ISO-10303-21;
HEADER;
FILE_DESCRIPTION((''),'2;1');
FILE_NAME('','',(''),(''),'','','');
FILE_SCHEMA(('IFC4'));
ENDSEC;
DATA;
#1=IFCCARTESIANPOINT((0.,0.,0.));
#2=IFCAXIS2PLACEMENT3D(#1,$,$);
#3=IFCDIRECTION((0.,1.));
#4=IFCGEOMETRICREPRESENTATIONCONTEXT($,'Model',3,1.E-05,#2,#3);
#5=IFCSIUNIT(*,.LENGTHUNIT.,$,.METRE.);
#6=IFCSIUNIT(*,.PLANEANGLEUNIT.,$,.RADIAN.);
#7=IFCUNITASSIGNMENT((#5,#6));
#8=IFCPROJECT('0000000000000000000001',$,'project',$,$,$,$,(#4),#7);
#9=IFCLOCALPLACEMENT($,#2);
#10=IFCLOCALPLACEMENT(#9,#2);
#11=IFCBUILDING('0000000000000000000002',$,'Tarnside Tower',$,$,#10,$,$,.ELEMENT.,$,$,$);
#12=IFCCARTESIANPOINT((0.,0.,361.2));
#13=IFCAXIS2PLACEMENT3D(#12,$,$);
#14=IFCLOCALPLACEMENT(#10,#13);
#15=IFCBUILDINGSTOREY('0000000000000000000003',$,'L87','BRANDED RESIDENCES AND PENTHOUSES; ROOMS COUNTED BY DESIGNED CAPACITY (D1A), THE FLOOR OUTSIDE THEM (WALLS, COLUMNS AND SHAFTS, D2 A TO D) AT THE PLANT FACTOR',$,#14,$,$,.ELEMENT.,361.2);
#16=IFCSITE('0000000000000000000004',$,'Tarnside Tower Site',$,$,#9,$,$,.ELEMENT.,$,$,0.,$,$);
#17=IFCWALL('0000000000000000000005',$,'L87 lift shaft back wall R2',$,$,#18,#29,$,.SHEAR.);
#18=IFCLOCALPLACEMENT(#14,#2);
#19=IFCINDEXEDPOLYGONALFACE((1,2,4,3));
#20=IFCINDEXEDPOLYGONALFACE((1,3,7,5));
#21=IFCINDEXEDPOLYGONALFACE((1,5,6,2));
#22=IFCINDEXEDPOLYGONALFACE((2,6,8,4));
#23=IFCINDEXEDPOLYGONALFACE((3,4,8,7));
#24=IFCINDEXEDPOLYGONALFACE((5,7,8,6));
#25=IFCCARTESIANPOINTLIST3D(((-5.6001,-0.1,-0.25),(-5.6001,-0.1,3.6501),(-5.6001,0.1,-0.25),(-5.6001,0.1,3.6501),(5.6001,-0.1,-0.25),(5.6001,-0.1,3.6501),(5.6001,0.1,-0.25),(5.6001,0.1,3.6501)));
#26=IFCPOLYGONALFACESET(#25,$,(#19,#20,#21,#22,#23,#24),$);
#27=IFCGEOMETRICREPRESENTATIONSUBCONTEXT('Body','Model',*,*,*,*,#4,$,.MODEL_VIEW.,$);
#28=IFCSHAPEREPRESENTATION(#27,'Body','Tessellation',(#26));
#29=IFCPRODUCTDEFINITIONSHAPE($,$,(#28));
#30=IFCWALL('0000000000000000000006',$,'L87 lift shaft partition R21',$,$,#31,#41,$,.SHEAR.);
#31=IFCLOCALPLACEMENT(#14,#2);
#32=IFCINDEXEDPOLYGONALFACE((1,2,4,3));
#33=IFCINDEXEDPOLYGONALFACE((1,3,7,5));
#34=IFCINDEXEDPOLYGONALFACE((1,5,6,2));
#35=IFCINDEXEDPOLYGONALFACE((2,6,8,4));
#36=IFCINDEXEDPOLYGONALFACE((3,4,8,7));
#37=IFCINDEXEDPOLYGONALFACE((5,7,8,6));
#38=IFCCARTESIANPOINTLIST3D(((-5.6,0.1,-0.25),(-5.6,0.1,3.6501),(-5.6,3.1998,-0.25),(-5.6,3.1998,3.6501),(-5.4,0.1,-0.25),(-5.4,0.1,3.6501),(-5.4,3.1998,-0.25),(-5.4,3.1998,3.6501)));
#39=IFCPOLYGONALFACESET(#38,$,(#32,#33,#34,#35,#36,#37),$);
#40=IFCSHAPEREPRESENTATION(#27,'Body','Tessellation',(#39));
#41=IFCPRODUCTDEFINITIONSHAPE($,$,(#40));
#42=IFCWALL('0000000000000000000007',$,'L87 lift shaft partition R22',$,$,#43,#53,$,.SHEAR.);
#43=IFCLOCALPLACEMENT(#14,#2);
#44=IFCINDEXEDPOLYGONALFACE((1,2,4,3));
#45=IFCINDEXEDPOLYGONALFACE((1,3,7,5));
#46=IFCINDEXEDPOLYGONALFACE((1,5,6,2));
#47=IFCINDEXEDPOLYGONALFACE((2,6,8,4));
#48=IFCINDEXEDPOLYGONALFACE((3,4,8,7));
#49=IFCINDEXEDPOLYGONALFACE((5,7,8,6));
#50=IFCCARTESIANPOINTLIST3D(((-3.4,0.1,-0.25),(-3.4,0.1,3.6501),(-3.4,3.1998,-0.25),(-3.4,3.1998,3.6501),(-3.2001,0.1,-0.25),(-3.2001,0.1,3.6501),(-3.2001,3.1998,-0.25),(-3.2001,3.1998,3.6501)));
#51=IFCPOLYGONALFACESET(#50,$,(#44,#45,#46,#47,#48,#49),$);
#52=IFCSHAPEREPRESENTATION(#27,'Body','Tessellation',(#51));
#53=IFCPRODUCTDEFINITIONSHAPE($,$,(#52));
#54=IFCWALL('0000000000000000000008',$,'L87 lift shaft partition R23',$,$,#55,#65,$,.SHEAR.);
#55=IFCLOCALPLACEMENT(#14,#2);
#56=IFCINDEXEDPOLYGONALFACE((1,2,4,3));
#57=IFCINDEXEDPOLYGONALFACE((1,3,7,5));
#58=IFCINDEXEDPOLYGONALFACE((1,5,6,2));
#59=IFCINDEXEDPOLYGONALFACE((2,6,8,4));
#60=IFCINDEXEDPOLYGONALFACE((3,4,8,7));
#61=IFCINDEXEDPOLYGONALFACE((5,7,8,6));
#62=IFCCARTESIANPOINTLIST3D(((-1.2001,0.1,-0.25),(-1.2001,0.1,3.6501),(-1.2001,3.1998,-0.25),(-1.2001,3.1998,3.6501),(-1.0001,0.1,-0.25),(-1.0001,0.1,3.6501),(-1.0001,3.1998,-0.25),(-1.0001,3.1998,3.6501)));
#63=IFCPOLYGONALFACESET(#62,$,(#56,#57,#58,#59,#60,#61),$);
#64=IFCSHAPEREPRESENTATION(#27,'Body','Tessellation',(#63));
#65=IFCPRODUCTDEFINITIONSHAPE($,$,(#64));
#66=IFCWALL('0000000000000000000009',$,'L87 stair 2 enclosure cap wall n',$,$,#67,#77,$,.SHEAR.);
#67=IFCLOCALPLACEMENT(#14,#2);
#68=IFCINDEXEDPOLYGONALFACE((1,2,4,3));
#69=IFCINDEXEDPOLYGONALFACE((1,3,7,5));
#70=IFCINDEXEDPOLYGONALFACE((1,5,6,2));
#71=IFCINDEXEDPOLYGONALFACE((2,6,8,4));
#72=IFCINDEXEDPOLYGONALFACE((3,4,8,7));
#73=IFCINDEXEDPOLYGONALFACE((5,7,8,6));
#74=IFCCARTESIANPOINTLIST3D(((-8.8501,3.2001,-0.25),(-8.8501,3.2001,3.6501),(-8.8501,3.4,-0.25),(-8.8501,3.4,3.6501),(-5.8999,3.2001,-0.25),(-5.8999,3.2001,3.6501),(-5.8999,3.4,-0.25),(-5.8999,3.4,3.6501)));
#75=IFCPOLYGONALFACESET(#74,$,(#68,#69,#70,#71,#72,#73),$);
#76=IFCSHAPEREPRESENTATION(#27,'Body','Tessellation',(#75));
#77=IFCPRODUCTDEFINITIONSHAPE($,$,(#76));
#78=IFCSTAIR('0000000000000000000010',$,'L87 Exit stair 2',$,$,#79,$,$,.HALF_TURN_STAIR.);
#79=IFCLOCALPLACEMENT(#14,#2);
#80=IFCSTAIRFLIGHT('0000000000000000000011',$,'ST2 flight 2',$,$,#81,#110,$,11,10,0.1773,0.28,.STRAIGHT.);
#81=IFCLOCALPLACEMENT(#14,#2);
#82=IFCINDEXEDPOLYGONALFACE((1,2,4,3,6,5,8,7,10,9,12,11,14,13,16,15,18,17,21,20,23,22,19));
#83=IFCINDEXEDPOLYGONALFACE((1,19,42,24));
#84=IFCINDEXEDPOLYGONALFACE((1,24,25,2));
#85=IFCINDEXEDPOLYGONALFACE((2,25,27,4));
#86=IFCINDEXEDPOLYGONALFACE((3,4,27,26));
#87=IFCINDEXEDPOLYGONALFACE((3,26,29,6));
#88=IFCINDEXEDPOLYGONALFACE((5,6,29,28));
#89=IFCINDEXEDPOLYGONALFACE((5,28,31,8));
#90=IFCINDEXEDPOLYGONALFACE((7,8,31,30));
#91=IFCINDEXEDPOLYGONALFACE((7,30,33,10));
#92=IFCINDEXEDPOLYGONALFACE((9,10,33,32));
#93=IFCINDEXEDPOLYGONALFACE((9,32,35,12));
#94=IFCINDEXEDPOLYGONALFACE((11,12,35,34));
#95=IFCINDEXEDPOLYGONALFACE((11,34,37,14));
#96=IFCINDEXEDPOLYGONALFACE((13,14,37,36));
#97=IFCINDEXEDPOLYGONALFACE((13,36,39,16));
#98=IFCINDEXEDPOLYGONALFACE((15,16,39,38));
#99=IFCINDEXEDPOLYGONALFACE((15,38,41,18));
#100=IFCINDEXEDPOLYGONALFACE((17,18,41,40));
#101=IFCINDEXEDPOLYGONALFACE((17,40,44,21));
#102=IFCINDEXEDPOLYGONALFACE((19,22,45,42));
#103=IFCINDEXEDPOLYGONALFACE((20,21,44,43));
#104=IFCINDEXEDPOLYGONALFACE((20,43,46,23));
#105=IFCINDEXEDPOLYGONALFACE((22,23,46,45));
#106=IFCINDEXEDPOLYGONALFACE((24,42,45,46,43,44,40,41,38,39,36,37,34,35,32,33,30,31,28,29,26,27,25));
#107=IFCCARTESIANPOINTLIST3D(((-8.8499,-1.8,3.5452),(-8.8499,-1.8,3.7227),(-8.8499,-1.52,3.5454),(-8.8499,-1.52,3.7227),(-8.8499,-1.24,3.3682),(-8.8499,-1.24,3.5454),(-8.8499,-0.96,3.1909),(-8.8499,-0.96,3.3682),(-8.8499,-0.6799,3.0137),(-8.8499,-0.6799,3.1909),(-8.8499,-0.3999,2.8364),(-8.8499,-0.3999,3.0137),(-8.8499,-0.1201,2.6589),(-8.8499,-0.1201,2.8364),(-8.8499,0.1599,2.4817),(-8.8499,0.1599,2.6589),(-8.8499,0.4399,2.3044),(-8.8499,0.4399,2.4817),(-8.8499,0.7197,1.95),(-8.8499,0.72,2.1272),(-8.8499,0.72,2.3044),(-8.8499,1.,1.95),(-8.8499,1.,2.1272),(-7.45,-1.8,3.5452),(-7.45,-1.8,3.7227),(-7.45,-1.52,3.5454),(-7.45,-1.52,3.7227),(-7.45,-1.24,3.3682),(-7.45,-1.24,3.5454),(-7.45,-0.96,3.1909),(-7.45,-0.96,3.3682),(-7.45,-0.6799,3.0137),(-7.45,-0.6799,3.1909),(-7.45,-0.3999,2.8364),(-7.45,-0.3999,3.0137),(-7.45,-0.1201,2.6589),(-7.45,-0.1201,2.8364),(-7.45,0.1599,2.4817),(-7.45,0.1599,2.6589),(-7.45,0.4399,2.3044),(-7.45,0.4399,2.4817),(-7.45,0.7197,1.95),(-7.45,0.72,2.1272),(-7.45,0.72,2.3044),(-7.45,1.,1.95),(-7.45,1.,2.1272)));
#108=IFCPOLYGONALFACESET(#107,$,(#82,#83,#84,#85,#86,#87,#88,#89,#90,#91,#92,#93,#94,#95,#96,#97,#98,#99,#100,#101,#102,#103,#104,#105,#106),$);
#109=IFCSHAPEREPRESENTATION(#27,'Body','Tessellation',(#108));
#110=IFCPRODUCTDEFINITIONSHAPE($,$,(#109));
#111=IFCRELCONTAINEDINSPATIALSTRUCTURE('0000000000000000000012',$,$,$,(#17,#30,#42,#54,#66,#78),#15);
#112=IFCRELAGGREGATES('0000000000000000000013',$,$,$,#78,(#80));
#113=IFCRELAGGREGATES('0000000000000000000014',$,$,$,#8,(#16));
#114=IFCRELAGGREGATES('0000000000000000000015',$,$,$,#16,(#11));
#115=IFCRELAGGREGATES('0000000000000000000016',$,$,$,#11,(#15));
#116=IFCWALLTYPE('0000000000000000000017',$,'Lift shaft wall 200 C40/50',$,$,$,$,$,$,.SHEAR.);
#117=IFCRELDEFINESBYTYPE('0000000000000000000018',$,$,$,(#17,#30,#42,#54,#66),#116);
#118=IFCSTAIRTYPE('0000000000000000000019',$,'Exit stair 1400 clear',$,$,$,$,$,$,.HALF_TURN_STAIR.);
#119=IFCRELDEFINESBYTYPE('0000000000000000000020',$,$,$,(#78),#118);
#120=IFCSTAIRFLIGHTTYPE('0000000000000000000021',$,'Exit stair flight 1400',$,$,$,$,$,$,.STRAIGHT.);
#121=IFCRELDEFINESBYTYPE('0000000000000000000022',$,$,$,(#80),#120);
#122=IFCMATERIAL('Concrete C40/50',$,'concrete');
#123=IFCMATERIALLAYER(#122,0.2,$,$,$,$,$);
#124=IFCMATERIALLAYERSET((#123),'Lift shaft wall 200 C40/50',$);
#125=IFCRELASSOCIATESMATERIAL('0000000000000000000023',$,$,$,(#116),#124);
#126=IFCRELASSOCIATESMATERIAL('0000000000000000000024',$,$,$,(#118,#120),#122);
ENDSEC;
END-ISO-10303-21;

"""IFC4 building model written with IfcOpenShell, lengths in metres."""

from ifc_helpers import new_model, si_unit, direction, frame, frame_2d, origin, place, context, subcontext, project, spatial, polyline, rectangle, outline, extrude, material, layer, layer_set, type_object, element, aggregate, save


model = new_model("IFC4")

# Units and contexts
model_context = context("Model", 3, precision=1e-05, world=origin(), true_north=direction((0.0, 1.0)))
body_context = subcontext(model_context, "Body", "Model", "MODEL_VIEW")
ifc_project = project(units=[si_unit("LENGTHUNIT", "METRE"), si_unit("PLANEANGLEUNIT", "RADIAN")], contexts=[model_context])

# Site, building, storey
site_placement = place(None, origin())
site = spatial("IfcSite", under=ifc_project, at=site_placement, Name="Tarnside Tower Site", CompositionType="ELEMENT", RefElevation=0.0)
building_placement = place(site_placement, origin())
building = spatial("IfcBuilding", under=site, at=building_placement, Name="Tarnside Tower", CompositionType="ELEMENT")
storey_placement = place(building_placement, frame((0.0, 0.0, 361.2)))
storey = spatial("IfcBuildingStorey", under=building, at=storey_placement, Name="L87", Description="BRANDED RESIDENCES AND PENTHOUSES; ROOMS COUNTED BY DESIGNED CAPACITY (D1A), THE FLOOR OUTSIDE THEM (WALLS, COLUMNS AND SHAFTS, D2 A TO D) AT THE PLANT FACTOR", CompositionType="ELEMENT", Elevation=361.2)

# Shared definitions
ifc_material_1 = material(Name="Concrete C40/50", Category="concrete")
ifc_layer_1 = layer(ifc_material_1, 0.2)
ifc_layer_set_1 = layer_set([ifc_layer_1], Name="Lift shaft wall 200 C40/50")
wall_type_1 = type_object("IfcWallType", Name="Lift shaft wall 200 C40/50", PredefinedType="SHEAR", material=ifc_layer_set_1)

# Walls
wall_1_placement = place(storey_placement, frame((-5.6001, 0.0, -0.25), z_axis=(0.0, 0.0, 1.0), x_axis=(1.0, 0.0, 0.0)))
element("IfcWall", 1, at=wall_1_placement, inside=storey, type_object=wall_type_1, Name="L87 lift shaft back wall R2", PredefinedType="SHEAR", context=body_context, shape_type="SweptSolid", body=[
    extrude(rectangle(XDim=11.2002, YDim=0.2, at=frame_2d((5.6001, 0.0))), origin(), (0.0, 0.0, 1.0), 3.9001),
])
for number, where, z_axis, x_axis, name in (
    (2, (-5.5, 0.1001, -0.25), (0.0, 0.0, 1.0), (0.0, 1.0, 0.0), "L87 lift shaft partition R21"),
    (3, (-3.3, 0.1001, -0.25), (0.0, 0.0, 1.0), (0.0, 1.0, 0.0), "L87 lift shaft partition R22"),
    (4, (-1.1001, 0.1001, -0.25), (0.0, 0.0, 1.0), (0.0, 1.0, 0.0), "L87 lift shaft partition R23"),
):
    element("IfcWall", number, at=place(storey_placement, frame(where, z_axis=z_axis, x_axis=x_axis)), inside=storey, type_object=wall_type_1, Name=name, PredefinedType="SHEAR", context=body_context, shape_type="SweptSolid", body=[
        extrude(rectangle(XDim=3.0999, YDim=0.2, at=frame_2d((1.5498, 0.0))), origin(), (0.0, 0.0, 1.0), 3.9001),
    ])
wall_2_placement = place(storey_placement, frame((-8.8501, 3.3, -0.25), z_axis=(0.0, 0.0, 1.0), x_axis=(1.0, 0.0, 0.0)))
element("IfcWall", 5, at=wall_2_placement, inside=storey, type_object=wall_type_1, Name="L87 stair 2 enclosure cap wall n", PredefinedType="SHEAR", context=body_context, shape_type="SweptSolid", body=[
    extrude(rectangle(XDim=2.9502, YDim=0.2, at=frame_2d((1.4751, 0.0))), origin(), (0.0, 0.0, 1.0), 3.9001),
])

# Stair, stair flight
stair_type = type_object("IfcStairType", Name="Exit stair 1400 clear", PredefinedType="HALF_TURN_STAIR", material=ifc_material_1)
stair_placement = place(storey_placement, origin())
stair = element("IfcStair", 6, at=stair_placement, inside=storey, type_object=stair_type, Name="L87 Exit stair 2", PredefinedType="HALF_TURN_STAIR")
stair_flight_type = type_object("IfcStairFlightType", Name="Exit stair flight 1400", PredefinedType="STRAIGHT", material=ifc_material_1)
stair_flight_placement = place(storey_placement, frame((-8.1499, 1.0, 1.95), z_axis=(0.0, 0.0, 1.0), x_axis=(0.0, -1.0, 0.0)))
stair_flight = element("IfcStairFlight", 7, at=stair_flight_placement, type_object=stair_flight_type, Name="ST2 flight 2", NumberOfRisers=11, NumberOfTreads=10, PredefinedType="STRAIGHT", RiserHeight=0.1773, TreadLength=0.28, context=body_context, shape_type="SweptSolid", body=[
    extrude(outline(polyline([(0.0, 0.0), (0.0, 0.1772), (0.28, 0.1772), (0.28, 0.3545), (0.5601, 0.3545), (0.5601, 0.5317), (0.8401, 0.5317), (0.8401, 0.709), (1.1201, 0.709), (1.1201, 0.8865), (1.3999, 0.8865), (1.3999, 1.0637), (1.6799, 1.0637), (1.6799, 1.241), (1.96, 1.241), (1.96, 1.4182), (2.24, 1.4182), (2.24, 1.5955), (2.52, 1.5955), (2.52, 1.7727), (2.8, 1.7727), (2.8, 1.95), (2.8, 1.5952), (0.2803, 0.0), (0.0, 0.0)])), frame((0.0, 0.7, 0.0), z_axis=(0.0, -1.0, 0.0), x_axis=(1.0, 0.0, 0.0)), (0.0, 0.0, 1.0), 1.3999),
])
aggregate(stair, [stair_flight])

save(model, "model.ifc")
